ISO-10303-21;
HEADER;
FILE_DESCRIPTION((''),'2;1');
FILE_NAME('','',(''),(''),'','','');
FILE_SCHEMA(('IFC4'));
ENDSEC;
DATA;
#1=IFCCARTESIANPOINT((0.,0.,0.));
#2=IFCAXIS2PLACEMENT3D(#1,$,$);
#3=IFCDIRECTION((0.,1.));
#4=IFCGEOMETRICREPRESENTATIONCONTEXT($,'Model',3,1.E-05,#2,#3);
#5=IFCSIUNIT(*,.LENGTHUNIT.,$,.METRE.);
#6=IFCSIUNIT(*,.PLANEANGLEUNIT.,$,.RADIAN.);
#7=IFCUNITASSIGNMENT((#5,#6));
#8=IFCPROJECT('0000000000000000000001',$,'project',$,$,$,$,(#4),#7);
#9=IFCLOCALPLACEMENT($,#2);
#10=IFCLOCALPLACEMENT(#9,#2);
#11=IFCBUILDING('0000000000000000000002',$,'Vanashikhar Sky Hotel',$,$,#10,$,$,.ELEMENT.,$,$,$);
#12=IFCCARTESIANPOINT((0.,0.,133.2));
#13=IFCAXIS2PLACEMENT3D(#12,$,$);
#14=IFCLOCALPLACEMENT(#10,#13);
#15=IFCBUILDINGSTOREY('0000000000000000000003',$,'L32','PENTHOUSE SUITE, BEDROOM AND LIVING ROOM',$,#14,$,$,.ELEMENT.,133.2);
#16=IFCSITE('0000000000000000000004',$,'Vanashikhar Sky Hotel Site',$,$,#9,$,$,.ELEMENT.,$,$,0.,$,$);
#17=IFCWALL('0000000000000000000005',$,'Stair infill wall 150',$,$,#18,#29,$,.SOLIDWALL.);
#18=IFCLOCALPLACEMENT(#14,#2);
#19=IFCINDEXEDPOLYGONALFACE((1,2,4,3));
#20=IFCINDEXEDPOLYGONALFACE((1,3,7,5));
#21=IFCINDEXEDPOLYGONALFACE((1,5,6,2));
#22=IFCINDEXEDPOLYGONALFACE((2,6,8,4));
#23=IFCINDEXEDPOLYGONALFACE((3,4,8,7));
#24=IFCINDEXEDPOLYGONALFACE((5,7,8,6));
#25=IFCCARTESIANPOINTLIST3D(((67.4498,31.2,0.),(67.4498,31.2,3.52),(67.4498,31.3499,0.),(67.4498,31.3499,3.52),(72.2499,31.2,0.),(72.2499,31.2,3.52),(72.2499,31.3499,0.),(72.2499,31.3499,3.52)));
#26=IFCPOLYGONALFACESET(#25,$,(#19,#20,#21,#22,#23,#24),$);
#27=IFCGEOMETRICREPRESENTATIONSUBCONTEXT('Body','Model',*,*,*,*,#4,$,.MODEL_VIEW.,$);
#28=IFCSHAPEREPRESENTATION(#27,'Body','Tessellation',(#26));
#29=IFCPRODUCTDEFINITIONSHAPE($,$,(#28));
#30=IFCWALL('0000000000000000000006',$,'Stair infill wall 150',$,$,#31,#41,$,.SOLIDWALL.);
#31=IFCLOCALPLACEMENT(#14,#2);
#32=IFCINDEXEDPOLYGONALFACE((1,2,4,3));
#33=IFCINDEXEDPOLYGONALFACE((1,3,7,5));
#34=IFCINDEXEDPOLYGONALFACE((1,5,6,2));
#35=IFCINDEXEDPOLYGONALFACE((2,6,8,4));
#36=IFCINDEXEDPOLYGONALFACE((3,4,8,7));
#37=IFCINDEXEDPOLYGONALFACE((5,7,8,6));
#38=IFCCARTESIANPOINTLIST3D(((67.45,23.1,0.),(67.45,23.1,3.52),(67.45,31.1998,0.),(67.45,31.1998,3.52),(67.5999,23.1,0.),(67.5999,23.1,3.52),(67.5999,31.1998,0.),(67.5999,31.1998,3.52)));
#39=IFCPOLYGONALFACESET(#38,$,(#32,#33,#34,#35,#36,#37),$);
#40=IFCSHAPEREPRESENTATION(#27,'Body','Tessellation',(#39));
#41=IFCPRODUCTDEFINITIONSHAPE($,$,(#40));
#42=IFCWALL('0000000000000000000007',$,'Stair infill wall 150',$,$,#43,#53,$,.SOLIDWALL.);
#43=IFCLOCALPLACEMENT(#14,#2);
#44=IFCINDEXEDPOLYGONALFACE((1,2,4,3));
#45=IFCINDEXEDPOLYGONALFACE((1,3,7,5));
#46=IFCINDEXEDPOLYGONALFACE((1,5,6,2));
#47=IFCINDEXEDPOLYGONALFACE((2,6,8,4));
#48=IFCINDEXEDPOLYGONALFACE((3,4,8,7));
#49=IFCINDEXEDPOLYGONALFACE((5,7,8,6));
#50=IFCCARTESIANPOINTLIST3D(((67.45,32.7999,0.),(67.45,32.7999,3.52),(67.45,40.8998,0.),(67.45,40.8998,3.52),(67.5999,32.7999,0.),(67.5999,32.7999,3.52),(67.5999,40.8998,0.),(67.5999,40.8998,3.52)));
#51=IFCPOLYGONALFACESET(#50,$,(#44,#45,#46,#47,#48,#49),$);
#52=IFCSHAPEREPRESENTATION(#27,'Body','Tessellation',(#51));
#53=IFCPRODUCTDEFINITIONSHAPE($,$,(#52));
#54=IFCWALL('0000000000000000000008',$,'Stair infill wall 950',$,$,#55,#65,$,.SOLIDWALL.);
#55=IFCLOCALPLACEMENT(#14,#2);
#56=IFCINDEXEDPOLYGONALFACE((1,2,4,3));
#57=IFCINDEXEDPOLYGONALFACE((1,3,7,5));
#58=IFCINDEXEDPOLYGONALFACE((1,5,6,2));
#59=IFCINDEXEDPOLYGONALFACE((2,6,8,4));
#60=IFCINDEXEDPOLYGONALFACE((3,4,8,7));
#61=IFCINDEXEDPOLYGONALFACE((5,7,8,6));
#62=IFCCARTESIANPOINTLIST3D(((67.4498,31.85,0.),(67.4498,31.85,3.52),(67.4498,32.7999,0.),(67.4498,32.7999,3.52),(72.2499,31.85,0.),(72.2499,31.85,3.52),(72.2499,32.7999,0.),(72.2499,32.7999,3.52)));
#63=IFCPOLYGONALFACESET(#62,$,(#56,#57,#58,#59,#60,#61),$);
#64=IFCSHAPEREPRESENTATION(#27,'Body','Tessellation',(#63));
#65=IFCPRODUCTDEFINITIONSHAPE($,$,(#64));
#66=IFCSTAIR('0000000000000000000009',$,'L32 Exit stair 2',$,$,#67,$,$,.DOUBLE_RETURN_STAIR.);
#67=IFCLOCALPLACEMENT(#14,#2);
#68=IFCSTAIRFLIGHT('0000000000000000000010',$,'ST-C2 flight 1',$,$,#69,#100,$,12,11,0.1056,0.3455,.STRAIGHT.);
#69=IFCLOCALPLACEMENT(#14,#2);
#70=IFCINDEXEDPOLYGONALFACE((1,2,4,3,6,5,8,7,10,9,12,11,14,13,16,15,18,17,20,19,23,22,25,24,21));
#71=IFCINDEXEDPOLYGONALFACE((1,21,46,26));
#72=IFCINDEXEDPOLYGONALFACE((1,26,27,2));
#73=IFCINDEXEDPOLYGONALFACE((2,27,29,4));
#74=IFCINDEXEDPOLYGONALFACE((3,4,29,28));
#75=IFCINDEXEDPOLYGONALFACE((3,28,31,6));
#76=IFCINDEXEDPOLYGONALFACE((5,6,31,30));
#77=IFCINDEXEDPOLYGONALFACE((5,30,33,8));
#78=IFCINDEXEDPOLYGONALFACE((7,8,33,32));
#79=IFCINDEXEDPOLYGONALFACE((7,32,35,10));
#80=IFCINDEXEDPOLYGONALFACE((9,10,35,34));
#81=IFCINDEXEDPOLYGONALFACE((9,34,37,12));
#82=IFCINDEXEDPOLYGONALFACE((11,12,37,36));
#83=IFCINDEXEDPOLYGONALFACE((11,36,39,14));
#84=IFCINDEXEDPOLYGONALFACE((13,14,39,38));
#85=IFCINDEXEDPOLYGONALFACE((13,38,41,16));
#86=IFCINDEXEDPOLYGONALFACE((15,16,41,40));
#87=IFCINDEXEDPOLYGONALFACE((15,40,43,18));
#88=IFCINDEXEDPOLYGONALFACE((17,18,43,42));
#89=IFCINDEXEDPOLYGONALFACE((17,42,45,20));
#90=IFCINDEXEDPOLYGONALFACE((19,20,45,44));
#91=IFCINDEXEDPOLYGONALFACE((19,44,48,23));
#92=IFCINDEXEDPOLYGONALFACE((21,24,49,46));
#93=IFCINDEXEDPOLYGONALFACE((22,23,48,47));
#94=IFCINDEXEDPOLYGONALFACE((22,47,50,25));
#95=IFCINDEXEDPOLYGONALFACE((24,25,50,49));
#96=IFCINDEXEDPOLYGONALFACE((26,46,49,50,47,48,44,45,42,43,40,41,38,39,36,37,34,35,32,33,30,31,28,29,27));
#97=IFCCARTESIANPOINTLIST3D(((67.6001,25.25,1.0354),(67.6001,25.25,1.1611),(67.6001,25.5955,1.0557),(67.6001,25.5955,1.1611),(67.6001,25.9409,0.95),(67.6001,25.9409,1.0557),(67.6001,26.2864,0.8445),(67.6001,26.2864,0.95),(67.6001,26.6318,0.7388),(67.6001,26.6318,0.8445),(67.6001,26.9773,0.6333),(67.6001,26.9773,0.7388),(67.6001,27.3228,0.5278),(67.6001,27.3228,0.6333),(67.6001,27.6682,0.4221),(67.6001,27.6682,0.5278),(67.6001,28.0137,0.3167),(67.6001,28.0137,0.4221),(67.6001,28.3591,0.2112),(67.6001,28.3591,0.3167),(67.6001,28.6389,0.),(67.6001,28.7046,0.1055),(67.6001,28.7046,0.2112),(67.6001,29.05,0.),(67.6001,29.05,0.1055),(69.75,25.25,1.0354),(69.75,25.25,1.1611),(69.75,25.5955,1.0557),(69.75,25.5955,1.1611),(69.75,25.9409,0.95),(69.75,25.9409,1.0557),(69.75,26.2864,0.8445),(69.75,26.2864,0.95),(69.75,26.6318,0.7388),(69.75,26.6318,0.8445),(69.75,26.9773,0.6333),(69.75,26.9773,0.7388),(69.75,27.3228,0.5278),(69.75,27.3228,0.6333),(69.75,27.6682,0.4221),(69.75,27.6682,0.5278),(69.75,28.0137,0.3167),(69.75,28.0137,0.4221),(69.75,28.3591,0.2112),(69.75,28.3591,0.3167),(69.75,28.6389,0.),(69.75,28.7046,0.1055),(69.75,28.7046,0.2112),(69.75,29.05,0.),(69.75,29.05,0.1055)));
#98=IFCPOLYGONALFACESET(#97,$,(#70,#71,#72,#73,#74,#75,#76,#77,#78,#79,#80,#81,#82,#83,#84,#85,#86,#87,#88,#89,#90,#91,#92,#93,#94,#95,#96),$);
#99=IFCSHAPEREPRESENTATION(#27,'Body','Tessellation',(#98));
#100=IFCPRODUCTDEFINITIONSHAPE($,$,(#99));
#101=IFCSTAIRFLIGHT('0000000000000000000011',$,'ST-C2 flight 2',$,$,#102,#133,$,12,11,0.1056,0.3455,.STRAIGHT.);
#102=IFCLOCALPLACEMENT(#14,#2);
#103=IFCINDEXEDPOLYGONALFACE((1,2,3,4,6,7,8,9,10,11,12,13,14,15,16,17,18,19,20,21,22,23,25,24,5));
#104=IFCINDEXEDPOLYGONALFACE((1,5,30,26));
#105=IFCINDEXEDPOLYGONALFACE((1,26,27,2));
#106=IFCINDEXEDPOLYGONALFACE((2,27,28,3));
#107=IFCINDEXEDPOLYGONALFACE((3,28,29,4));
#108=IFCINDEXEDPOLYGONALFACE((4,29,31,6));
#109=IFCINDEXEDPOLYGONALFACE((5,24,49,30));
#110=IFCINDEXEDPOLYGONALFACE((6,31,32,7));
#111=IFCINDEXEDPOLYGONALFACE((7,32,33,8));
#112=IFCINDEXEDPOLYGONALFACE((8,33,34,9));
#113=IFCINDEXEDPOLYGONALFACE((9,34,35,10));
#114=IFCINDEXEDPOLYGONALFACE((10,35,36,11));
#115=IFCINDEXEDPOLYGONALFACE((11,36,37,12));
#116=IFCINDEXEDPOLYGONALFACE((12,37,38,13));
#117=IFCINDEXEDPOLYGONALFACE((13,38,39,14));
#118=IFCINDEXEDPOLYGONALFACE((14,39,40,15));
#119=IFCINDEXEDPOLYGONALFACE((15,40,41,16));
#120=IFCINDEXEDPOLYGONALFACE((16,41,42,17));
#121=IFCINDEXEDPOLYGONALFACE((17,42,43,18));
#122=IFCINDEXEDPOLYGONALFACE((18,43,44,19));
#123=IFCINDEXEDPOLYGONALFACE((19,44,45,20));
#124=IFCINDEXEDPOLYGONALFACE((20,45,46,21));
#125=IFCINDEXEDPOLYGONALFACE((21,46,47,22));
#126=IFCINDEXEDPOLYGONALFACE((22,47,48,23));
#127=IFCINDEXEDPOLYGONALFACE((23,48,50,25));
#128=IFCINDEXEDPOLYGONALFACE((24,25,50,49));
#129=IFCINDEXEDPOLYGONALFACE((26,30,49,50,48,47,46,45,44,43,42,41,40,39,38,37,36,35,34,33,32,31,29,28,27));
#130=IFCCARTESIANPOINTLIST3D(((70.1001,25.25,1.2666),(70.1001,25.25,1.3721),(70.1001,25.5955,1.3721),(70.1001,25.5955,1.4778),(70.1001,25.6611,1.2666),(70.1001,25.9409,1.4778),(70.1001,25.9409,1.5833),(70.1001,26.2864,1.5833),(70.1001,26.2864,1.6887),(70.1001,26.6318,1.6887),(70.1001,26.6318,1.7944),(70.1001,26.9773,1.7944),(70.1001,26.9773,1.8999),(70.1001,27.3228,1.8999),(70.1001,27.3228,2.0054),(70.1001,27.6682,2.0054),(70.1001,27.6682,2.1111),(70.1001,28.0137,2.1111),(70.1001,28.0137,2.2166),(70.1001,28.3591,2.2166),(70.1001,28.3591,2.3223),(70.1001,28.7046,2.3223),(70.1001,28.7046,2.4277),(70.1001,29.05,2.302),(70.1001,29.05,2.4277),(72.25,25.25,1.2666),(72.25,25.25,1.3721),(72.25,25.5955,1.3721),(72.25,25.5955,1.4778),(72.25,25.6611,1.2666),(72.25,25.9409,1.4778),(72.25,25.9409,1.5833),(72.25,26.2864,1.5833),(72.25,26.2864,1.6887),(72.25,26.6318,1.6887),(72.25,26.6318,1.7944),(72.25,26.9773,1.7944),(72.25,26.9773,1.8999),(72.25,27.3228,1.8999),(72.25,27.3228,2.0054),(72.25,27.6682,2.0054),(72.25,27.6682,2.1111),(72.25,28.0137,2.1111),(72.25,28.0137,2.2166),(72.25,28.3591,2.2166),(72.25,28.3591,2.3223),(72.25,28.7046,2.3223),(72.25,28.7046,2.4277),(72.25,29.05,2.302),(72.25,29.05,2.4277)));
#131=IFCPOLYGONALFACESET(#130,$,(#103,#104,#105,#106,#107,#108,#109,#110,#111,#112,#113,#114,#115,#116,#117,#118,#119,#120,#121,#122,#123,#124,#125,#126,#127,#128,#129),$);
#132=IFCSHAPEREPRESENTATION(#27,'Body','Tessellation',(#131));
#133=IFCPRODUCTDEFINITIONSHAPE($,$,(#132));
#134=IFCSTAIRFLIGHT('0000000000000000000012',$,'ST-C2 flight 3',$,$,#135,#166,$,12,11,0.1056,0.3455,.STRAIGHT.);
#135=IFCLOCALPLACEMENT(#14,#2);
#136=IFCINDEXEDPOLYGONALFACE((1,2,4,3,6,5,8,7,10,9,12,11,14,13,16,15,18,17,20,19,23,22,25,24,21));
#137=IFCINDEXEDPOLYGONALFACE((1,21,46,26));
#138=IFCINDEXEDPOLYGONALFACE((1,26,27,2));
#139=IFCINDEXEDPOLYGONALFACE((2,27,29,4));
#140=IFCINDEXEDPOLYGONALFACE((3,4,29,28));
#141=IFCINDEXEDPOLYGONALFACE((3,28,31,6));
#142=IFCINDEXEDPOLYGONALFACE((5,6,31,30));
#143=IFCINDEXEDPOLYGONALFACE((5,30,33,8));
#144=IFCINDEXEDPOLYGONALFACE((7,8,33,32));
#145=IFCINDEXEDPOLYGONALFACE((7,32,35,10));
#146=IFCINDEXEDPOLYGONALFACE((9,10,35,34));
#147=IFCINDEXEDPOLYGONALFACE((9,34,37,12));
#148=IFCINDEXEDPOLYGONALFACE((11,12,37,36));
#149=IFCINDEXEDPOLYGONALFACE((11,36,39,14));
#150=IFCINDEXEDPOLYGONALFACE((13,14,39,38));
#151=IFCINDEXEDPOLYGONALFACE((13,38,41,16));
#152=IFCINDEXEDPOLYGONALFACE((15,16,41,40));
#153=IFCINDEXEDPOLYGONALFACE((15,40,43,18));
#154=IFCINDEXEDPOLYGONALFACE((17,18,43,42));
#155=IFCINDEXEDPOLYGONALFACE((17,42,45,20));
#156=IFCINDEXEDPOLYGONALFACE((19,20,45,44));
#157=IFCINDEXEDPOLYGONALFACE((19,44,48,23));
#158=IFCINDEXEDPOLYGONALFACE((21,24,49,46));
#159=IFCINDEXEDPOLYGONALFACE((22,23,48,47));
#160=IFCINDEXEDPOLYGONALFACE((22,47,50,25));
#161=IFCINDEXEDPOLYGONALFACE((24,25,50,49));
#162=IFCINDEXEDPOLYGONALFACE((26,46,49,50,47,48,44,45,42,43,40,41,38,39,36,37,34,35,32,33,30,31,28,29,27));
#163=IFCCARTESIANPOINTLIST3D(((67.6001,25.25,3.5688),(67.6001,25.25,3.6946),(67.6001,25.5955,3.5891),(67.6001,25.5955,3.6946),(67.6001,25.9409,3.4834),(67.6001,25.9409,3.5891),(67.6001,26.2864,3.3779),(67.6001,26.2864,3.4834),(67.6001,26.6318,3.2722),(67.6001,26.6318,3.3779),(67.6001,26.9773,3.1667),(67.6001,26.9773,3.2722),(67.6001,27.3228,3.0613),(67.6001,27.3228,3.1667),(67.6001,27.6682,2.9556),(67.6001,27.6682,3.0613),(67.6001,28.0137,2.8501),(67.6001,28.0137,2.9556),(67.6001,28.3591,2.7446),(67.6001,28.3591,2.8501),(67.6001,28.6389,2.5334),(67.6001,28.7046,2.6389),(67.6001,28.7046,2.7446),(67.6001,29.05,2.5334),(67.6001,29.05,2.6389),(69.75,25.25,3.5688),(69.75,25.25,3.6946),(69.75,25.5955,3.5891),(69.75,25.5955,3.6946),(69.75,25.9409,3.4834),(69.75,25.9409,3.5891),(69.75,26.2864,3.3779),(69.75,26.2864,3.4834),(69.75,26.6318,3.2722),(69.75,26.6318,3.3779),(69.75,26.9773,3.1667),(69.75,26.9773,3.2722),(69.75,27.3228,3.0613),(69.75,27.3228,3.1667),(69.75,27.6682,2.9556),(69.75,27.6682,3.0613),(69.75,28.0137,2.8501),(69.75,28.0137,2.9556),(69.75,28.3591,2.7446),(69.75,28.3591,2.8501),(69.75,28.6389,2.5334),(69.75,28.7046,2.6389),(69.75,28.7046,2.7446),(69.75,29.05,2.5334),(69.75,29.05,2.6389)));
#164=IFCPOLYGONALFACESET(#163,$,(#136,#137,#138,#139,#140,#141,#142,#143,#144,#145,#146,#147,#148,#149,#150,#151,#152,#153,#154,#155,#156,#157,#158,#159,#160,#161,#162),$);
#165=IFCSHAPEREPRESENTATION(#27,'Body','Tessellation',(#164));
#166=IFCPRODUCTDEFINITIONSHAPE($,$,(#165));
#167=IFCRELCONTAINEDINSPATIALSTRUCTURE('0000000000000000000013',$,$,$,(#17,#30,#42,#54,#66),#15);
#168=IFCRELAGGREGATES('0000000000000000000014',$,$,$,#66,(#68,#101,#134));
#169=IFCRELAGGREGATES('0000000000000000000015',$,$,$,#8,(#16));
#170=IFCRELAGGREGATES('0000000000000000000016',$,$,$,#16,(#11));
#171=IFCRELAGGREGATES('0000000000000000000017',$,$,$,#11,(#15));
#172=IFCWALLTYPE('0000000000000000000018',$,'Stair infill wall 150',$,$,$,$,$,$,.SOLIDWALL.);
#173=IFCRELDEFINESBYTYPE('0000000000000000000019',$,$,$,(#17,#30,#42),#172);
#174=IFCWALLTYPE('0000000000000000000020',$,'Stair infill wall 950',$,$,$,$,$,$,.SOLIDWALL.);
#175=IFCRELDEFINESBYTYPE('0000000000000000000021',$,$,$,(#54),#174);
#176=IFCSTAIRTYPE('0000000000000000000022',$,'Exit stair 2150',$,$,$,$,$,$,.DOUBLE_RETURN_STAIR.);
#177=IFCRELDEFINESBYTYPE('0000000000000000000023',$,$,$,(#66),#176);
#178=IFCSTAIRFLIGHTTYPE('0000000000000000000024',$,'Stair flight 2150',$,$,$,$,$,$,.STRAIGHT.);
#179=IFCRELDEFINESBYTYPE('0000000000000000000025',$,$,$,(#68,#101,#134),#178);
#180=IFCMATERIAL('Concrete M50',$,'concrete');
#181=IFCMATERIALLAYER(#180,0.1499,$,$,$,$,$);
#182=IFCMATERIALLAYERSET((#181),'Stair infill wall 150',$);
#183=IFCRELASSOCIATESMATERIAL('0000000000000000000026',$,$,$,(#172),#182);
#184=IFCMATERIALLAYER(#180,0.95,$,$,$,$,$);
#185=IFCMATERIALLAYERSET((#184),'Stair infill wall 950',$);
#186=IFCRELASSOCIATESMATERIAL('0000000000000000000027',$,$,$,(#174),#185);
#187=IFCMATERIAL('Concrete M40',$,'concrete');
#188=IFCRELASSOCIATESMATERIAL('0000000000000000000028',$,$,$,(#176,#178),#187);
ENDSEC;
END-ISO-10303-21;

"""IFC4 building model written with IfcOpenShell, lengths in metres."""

from ifc_helpers import new_model, si_unit, direction, frame, frame_2d, origin, place, context, subcontext, project, spatial, polyline, rectangle, outline, extrude, source, transform, mapped, material, layer, layer_set, type_object, element, aggregate, save


model = new_model("IFC4")

# Units and contexts
model_context = context("Model", 3, precision=1e-05, world=origin(), true_north=direction((0.0, 1.0)))
body_context = subcontext(model_context, "Body", "Model", "MODEL_VIEW")
ifc_project = project(units=[si_unit("LENGTHUNIT", "METRE"), si_unit("PLANEANGLEUNIT", "RADIAN")], contexts=[model_context])

# Site, building, storey
site_placement = place(None, origin())
site = spatial("IfcSite", under=ifc_project, at=site_placement, Name="Vanashikhar Sky Hotel Site", CompositionType="ELEMENT", RefElevation=0.0)
building_placement = place(site_placement, origin())
building = spatial("IfcBuilding", under=site, at=building_placement, Name="Vanashikhar Sky Hotel", CompositionType="ELEMENT")
storey_placement = place(building_placement, frame((0.0, 0.0, 133.2)))
storey = spatial("IfcBuildingStorey", under=building, at=storey_placement, Name="L32", Description="PENTHOUSE SUITE, BEDROOM AND LIVING ROOM", CompositionType="ELEMENT", Elevation=133.2)

# Shared definitions
ifc_material_1 = material(Name="Concrete M50", Category="concrete")

# Shared definitions
ifc_material_2 = material(Name="Concrete M40", Category="concrete")

# Walls
ifc_layer_1 = layer(ifc_material_1, 0.1499)
ifc_layer_set_1 = layer_set([ifc_layer_1], Name="Stair infill wall 150")
wall_type_1 = type_object("IfcWallType", Name="Stair infill wall 150", PredefinedType="SOLIDWALL", material=ifc_layer_set_1)
shared_shape_1 = source(origin(), body_context, "Body", "SweptSolid", [
    extrude(rectangle(XDim=4.8, YDim=0.1499, at=frame_2d((2.3999, 0.0))), origin(), (0.0, 0.0, 1.0), 3.52),
])
wall_1_placement = place(storey_placement, frame((67.45, 31.2749, 0.0), z_axis=(0.0, 0.0, 1.0), x_axis=(1.0, 0.0, 0.0)))
element("IfcWall", 1, at=wall_1_placement, inside=storey, type_object=wall_type_1, Name="Stair infill wall 150", PredefinedType="SOLIDWALL", context=body_context, shape_type="MappedRepresentation", body=[
    mapped(shared_shape_1, transform((0.0, 0.0, 0.0), scale=1.0)),
])
shared_shape_2 = source(origin(), body_context, "Body", "SweptSolid", [
    extrude(rectangle(XDim=8.0999, YDim=0.1499, at=frame_2d((4.0498, 0.0))), origin(), (0.0, 0.0, 1.0), 3.52),
])
for number, where, z_axis, x_axis, name in (
    (2, (67.5249, 23.1001, 0.0), (0.0, 0.0, 1.0), (0.0, 1.0, 0.0), "Stair infill wall 150"),
    (3, (67.5249, 32.8, 0.0), (0.0, 0.0, 1.0), (0.0, 1.0, 0.0), "Stair infill wall 150"),
):
    element("IfcWall", number, at=place(storey_placement, frame(where, z_axis=z_axis, x_axis=x_axis)), inside=storey, type_object=wall_type_1, Name=name, PredefinedType="SOLIDWALL", context=body_context, shape_type="MappedRepresentation", body=[
        mapped(shared_shape_2, transform((0.0, 0.0, 0.0), scale=1.0)),
    ])
ifc_layer_2 = layer(ifc_material_1, 0.95)
ifc_layer_set_2 = layer_set([ifc_layer_2], Name="Stair infill wall 950")
wall_type_2 = type_object("IfcWallType", Name="Stair infill wall 950", PredefinedType="SOLIDWALL", material=ifc_layer_set_2)
shared_shape_3 = source(origin(), body_context, "Body", "SweptSolid", [
    extrude(rectangle(XDim=4.8, YDim=0.95, at=frame_2d((2.3999, 0.0))), origin(), (0.0, 0.0, 1.0), 3.52),
])
wall_2_placement = place(storey_placement, frame((67.45, 32.325, 0.0), z_axis=(0.0, 0.0, 1.0), x_axis=(1.0, 0.0, 0.0)))
element("IfcWall", 4, at=wall_2_placement, inside=storey, type_object=wall_type_2, Name="Stair infill wall 950", PredefinedType="SOLIDWALL", context=body_context, shape_type="MappedRepresentation", body=[
    mapped(shared_shape_3, transform((0.0, 0.0, 0.0), scale=1.0)),
])

# Stair, stair flights
stair_type = type_object("IfcStairType", Name="Exit stair 2150", PredefinedType="DOUBLE_RETURN_STAIR", material=ifc_material_2)
stair_1_placement = place(storey_placement, origin())
stair_1 = element("IfcStair", 5, at=stair_1_placement, inside=storey, type_object=stair_type, Name="L32 Exit stair 2", PredefinedType="DOUBLE_RETURN_STAIR")
stair_flight_type = type_object("IfcStairFlightType", Name="Stair flight 2150", PredefinedType="STRAIGHT", material=ifc_material_2)
shared_shape_4 = source(origin(), body_context, "Body", "SweptSolid", [
    extrude(outline(polyline([(0.0, 0.0), (0.0, 0.1055), (0.3455, 0.1055), (0.3455, 0.2112), (0.6909, 0.2112), (0.6909, 0.3167), (1.0364, 0.3167), (1.0364, 0.4221), (1.3818, 0.4221), (1.3818, 0.5278), (1.7273, 0.5278), (1.7273, 0.6333), (2.0728, 0.6333), (2.0728, 0.7388), (2.4182, 0.7388), (2.4182, 0.8445), (2.7637, 0.8445), (2.7637, 0.95), (3.1091, 0.95), (3.1091, 1.0557), (3.4546, 1.0557), (3.4546, 1.1611), (3.8, 1.1611), (3.8, 1.2666), (3.8, 1.0354), (0.4111, 0.0), (0.0, 0.0)])), frame((0.0, 1.075, 0.0), z_axis=(0.0, -1.0, 0.0), x_axis=(1.0, 0.0, 0.0)), (0.0, 0.0, 1.0), 2.1499),
])
stair_flight_1_placement = place(storey_placement, frame((68.675, 29.05, 0.0), z_axis=(0.0, 0.0, 1.0), x_axis=(0.0, -1.0, 0.0)))
stair_flight_1 = element("IfcStairFlight", 6, at=stair_flight_1_placement, type_object=stair_flight_type, Name="ST-C2 flight 1", NumberOfRisers=12, NumberOfTreads=11, PredefinedType="STRAIGHT", RiserHeight=0.1056, TreadLength=0.3455, context=body_context, shape_type="MappedRepresentation", body=[
    mapped(shared_shape_4, transform((0.0, 0.0, 0.0), scale=1.0)),
])
stair_flight_2_placement = place(storey_placement, frame((71.175, 25.25, 1.2666), z_axis=(0.0, 0.0, 1.0), x_axis=(0.0, 1.0, 0.0)))
stair_flight_2 = element("IfcStairFlight", 7, at=stair_flight_2_placement, type_object=stair_flight_type, Name="ST-C2 flight 2", NumberOfRisers=12, NumberOfTreads=11, PredefinedType="STRAIGHT", RiserHeight=0.1056, TreadLength=0.3455, context=body_context, shape_type="MappedRepresentation", body=[
    mapped(shared_shape_4, transform((0.0, 0.0, 0.0), scale=1.0)),
])
stair_flight_3_placement = place(storey_placement, frame((68.675, 29.05, 2.5334), z_axis=(0.0, 0.0, 1.0), x_axis=(0.0, -1.0, 0.0)))
stair_flight_3 = element("IfcStairFlight", 8, at=stair_flight_3_placement, type_object=stair_flight_type, Name="ST-C2 flight 3", NumberOfRisers=12, NumberOfTreads=11, PredefinedType="STRAIGHT", RiserHeight=0.1056, TreadLength=0.3455, context=body_context, shape_type="MappedRepresentation", body=[
    mapped(shared_shape_4, transform((0.0, 0.0, 0.0), scale=1.0)),
])
aggregate(stair_1, [stair_flight_1, stair_flight_2, stair_flight_3])

save(model, "model.ifc")
